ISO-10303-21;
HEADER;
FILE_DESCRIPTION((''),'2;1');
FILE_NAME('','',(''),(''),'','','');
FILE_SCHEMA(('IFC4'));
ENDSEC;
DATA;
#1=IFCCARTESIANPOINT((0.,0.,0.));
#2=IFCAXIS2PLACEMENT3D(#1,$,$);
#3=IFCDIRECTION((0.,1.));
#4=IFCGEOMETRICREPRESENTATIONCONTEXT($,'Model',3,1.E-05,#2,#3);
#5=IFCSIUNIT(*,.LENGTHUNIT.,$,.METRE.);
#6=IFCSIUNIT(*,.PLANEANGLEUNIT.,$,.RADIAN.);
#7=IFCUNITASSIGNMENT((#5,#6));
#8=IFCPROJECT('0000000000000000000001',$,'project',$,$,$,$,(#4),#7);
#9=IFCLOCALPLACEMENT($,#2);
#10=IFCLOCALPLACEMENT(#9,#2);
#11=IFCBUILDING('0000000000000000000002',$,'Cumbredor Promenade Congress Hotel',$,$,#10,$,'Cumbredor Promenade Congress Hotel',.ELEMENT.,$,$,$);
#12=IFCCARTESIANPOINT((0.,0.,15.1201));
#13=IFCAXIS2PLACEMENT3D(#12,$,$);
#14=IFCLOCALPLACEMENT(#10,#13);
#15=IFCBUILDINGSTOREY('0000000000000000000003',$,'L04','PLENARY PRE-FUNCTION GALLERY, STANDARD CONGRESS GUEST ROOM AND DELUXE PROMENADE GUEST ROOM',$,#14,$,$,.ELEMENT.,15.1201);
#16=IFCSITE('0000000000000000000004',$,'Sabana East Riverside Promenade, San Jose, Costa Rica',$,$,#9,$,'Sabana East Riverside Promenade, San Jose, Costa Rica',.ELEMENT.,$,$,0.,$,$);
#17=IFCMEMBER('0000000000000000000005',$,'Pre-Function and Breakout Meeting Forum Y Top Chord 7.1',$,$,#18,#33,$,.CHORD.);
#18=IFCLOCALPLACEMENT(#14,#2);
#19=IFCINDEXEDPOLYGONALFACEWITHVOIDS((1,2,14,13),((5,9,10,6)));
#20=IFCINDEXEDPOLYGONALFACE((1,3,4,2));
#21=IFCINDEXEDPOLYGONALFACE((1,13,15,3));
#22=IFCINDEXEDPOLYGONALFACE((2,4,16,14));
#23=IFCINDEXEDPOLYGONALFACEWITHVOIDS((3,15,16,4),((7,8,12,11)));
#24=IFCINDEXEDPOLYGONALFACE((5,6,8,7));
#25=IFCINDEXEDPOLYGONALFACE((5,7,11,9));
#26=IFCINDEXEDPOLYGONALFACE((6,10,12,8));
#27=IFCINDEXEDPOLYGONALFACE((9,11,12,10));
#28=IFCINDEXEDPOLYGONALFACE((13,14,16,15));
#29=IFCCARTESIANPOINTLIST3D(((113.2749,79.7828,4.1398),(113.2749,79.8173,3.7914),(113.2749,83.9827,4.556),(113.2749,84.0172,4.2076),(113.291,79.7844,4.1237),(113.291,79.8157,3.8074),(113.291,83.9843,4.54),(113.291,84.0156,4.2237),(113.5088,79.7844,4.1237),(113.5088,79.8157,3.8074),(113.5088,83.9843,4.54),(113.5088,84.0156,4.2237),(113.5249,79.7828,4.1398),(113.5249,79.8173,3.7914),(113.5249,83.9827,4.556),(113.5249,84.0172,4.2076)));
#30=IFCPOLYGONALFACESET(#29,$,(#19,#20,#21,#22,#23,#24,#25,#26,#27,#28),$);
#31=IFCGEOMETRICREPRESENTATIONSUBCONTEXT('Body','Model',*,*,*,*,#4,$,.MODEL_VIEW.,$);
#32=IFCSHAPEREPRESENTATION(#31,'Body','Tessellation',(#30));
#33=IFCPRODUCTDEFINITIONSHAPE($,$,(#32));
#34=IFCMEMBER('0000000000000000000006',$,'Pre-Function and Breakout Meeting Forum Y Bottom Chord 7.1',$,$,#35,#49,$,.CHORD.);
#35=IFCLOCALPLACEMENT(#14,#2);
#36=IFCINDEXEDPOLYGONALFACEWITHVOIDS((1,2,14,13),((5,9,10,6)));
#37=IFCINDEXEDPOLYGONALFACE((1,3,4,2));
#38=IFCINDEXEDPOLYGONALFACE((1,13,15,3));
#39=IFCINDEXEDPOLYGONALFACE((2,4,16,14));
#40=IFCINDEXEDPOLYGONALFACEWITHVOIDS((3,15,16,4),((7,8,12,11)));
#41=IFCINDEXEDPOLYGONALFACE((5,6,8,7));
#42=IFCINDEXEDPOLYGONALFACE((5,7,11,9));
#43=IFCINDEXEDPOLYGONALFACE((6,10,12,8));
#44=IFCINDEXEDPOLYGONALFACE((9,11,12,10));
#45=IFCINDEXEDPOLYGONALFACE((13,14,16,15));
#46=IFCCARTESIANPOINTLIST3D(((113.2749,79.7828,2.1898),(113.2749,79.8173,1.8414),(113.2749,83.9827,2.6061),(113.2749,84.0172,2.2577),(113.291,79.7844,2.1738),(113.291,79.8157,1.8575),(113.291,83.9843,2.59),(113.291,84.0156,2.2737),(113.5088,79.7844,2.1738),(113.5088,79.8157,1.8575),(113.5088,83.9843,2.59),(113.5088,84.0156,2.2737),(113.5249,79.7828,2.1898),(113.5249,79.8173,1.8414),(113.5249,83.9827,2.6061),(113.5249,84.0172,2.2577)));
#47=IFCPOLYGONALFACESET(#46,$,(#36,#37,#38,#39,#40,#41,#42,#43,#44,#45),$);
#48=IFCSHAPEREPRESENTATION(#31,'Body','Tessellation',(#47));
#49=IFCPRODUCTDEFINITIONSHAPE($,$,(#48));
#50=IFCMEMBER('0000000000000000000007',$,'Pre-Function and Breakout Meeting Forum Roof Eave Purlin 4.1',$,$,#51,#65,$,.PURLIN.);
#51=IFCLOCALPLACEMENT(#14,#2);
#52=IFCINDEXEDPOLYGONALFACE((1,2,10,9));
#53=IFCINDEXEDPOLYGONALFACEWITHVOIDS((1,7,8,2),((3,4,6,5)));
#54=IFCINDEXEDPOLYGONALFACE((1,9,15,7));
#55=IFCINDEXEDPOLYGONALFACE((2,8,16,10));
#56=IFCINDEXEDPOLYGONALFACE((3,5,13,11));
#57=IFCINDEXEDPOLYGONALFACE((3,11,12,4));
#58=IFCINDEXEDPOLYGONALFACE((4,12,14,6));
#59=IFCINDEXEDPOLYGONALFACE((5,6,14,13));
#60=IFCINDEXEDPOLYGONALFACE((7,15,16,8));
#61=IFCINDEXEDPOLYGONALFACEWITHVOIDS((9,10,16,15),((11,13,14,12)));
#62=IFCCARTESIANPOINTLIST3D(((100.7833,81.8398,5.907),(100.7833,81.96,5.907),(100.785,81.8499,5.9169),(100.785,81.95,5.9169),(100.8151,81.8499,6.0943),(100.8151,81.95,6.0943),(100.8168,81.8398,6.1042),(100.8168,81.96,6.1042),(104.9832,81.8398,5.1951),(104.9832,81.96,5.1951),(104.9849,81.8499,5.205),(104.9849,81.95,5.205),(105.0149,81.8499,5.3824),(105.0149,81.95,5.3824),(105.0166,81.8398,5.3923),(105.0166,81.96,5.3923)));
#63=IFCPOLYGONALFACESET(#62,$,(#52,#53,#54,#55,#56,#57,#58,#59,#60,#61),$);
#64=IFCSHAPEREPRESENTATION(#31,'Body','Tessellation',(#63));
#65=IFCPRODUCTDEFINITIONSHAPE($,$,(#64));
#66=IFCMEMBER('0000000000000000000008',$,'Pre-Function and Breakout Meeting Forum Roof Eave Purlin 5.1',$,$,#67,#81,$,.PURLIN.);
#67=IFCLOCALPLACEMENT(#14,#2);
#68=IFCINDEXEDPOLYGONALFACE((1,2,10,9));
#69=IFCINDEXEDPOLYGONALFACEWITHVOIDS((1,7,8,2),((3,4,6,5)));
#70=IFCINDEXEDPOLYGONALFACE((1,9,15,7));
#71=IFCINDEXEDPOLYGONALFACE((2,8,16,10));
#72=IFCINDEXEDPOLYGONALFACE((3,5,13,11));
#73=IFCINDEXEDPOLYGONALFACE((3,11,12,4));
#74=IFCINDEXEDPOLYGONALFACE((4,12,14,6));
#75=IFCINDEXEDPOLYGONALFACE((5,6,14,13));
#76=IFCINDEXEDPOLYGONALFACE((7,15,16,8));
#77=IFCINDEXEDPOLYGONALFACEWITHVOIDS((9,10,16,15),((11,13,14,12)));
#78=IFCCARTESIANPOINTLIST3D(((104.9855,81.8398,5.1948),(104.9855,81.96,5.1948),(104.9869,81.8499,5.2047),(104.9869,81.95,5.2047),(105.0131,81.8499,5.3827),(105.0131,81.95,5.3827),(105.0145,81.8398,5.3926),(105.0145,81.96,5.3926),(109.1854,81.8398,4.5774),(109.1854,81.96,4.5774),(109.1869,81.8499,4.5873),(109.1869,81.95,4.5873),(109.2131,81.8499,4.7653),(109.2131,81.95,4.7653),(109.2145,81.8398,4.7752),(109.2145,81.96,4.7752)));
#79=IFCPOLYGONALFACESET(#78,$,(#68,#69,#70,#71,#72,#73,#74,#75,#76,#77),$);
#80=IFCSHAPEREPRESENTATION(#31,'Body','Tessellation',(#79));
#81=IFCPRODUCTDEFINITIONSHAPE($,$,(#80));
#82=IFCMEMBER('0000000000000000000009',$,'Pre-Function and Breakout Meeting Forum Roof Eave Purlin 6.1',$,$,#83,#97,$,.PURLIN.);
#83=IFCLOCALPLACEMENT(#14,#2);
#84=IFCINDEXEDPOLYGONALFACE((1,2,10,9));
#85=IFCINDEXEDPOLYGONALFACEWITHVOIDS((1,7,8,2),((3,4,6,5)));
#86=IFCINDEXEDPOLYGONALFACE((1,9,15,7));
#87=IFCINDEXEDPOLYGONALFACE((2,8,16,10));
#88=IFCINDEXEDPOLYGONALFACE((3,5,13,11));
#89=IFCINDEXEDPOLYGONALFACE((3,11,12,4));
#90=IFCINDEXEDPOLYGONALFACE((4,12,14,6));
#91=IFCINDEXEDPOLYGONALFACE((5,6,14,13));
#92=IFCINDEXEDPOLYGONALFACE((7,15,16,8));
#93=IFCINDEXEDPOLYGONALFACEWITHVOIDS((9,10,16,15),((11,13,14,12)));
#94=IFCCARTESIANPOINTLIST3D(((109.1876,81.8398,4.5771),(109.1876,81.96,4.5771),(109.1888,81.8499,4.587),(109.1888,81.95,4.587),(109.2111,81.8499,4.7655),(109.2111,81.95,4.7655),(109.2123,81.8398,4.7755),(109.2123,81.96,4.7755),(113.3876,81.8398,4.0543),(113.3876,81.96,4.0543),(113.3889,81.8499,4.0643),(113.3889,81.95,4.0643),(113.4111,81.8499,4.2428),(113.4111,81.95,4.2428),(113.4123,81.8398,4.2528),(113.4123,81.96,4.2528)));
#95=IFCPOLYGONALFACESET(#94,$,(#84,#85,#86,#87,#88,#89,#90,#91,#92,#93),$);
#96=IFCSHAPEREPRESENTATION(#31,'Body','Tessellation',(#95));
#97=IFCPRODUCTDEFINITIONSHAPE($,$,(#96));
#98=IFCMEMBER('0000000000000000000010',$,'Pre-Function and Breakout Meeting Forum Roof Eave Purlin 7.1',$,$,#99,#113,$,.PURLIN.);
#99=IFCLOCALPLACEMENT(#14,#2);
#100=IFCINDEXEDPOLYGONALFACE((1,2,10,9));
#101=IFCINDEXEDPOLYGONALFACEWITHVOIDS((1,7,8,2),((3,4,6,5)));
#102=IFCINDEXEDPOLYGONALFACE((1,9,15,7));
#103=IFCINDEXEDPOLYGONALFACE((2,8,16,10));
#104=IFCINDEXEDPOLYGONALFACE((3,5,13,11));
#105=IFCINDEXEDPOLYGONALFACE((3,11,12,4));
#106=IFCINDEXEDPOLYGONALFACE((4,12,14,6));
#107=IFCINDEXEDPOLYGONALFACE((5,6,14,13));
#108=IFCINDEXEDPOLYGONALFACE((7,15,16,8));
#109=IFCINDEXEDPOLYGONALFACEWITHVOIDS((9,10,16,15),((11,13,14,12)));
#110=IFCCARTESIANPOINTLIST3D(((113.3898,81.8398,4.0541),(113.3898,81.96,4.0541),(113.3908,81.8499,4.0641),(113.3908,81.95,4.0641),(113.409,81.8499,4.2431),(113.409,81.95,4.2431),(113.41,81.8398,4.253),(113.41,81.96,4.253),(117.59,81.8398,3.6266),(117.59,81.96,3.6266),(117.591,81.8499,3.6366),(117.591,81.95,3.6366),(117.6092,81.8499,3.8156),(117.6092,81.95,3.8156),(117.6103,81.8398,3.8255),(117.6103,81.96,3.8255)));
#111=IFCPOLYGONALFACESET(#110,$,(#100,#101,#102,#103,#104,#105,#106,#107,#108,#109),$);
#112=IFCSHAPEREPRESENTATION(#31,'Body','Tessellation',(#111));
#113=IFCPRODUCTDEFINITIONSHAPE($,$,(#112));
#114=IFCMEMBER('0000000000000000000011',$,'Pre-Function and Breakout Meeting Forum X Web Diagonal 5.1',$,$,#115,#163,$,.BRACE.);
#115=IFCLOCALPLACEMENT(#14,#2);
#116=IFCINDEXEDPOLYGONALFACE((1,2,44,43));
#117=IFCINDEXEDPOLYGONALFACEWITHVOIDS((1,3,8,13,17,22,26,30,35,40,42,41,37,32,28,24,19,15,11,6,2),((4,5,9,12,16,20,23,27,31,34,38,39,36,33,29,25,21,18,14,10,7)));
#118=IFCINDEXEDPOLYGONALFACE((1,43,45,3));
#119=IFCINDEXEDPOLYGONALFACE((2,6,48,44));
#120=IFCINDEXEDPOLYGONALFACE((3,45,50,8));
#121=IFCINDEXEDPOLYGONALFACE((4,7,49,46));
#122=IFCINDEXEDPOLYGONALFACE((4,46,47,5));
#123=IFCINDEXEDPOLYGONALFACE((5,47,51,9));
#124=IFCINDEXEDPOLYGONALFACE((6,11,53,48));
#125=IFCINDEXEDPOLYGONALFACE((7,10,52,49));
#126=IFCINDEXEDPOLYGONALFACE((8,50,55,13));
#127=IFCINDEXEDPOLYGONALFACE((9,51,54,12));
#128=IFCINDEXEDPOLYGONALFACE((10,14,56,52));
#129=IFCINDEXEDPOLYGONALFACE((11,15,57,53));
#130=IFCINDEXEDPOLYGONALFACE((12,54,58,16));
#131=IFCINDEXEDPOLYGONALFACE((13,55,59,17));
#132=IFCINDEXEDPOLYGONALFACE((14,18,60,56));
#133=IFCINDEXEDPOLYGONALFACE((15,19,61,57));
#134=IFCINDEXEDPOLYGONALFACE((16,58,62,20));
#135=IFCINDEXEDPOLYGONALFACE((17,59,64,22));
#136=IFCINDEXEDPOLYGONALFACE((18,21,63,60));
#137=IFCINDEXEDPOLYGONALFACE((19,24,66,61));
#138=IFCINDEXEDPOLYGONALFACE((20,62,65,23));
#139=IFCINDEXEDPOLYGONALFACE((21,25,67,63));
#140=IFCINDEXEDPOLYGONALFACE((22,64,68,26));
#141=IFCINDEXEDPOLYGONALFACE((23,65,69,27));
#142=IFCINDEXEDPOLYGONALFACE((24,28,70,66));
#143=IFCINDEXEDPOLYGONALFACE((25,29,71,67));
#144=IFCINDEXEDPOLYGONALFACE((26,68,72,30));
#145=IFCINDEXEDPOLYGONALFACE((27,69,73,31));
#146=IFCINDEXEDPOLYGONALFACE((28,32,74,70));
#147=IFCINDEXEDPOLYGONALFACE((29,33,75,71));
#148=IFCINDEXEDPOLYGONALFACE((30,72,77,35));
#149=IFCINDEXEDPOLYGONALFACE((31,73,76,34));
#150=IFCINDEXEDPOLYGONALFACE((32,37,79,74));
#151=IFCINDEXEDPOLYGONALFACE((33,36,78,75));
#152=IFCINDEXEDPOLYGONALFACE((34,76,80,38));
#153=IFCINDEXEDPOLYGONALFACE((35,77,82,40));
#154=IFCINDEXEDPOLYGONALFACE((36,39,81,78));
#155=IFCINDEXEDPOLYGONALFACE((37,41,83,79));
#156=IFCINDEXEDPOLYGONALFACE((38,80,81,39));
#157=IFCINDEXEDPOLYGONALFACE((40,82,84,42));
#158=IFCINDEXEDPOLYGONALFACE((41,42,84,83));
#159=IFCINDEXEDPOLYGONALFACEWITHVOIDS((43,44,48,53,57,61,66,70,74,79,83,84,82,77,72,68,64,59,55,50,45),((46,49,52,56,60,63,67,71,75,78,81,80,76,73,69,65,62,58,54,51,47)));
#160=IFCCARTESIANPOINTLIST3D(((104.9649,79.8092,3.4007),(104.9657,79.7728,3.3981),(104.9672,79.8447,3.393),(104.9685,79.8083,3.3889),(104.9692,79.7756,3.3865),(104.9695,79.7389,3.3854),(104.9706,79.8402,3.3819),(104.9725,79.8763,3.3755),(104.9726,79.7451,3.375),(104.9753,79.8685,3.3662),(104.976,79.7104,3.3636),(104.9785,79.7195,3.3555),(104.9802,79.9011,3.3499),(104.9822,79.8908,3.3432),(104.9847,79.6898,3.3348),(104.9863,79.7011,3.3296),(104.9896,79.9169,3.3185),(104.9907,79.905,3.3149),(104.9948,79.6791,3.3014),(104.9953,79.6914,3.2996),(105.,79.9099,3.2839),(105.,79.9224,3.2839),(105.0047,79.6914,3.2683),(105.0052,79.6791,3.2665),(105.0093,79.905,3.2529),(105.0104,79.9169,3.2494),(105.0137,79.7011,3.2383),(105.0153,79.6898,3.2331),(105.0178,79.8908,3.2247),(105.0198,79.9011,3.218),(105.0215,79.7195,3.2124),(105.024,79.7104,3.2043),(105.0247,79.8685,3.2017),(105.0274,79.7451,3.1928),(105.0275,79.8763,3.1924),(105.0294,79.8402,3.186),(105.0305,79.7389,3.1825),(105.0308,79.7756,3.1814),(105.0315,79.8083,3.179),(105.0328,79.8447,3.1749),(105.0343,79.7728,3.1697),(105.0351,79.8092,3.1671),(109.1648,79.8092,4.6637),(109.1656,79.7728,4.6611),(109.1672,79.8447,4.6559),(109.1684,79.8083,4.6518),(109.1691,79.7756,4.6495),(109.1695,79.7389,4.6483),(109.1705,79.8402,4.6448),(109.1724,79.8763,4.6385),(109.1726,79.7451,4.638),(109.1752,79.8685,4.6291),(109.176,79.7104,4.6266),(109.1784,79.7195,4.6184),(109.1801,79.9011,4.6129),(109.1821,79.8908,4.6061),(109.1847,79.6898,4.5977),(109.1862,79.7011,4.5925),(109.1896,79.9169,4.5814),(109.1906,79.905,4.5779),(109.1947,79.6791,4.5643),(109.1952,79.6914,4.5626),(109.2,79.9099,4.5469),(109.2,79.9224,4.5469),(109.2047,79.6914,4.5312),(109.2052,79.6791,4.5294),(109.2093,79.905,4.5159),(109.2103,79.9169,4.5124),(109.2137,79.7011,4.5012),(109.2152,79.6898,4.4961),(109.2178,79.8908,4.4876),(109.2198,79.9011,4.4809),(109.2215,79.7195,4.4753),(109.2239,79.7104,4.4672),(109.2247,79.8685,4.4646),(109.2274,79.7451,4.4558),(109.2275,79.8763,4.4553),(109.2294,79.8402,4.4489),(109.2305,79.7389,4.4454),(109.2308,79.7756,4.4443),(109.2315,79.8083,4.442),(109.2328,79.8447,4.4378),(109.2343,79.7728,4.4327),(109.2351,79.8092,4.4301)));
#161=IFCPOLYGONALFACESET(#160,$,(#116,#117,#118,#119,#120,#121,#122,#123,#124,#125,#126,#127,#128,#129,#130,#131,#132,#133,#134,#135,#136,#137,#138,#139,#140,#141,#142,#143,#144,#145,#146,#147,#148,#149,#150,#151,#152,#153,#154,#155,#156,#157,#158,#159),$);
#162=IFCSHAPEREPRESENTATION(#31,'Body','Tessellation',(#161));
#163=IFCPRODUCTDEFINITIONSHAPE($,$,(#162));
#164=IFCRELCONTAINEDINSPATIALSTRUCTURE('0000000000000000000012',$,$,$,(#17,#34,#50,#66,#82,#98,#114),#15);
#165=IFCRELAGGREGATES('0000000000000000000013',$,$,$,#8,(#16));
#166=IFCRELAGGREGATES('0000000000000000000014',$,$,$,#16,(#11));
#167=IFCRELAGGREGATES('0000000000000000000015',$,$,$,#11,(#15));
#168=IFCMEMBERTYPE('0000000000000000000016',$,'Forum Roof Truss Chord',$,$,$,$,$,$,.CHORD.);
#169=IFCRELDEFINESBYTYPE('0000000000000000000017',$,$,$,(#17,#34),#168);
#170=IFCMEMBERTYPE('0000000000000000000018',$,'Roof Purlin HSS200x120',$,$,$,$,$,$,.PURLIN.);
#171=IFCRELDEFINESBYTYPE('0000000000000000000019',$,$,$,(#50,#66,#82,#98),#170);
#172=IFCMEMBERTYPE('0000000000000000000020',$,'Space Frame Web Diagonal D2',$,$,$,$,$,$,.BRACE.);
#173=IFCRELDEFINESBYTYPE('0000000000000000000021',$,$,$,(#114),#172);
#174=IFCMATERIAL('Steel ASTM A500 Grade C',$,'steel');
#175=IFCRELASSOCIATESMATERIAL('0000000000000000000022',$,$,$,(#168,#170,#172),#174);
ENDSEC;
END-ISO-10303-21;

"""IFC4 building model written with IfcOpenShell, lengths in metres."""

from ifc_helpers import new_model, si_unit, direction, frame, origin, origin_2d, place, context, subcontext, project, spatial, hollow_rectangle, hollow_circle, extrude, material, material_profile, profile_set, type_object, element, save


model = new_model("IFC4")

# Units and contexts
model_context = context("Model", 3, precision=1e-05, world=origin(), true_north=direction((0.0, 1.0)))
body_context = subcontext(model_context, "Body", "Model", "MODEL_VIEW")
ifc_project = project(units=[si_unit("LENGTHUNIT", "METRE"), si_unit("PLANEANGLEUNIT", "RADIAN")], contexts=[model_context])

# Site, building, storey
site_placement = place(None, origin())
site = spatial("IfcSite", under=ifc_project, at=site_placement, Name="Sabana East Riverside Promenade, San Jose, Costa Rica", LongName="Sabana East Riverside Promenade, San Jose, Costa Rica", CompositionType="ELEMENT", RefElevation=0.0)
building_placement = place(site_placement, origin())
building = spatial("IfcBuilding", under=site, at=building_placement, Name="Cumbredor Promenade Congress Hotel", LongName="Cumbredor Promenade Congress Hotel", CompositionType="ELEMENT")
storey_placement = place(building_placement, frame((0.0, 0.0, 15.1201)))
storey = spatial("IfcBuildingStorey", under=building, at=storey_placement, Name="L04", Description="PLENARY PRE-FUNCTION GALLERY, STANDARD CONGRESS GUEST ROOM AND DELUXE PROMENADE GUEST ROOM", CompositionType="ELEMENT", Elevation=15.1201)

# Members
ifc_material_1 = material(Name="Steel ASTM A500 Grade C", Category="steel")
ifc_material_profile_1 = material_profile(ifc_material_1, hollow_rectangle(XDim=0.25, YDim=0.3501, WallThickness=0.0161, at=origin_2d()), Name="HSS 350x250x16")
ifc_profile_set_1 = profile_set([ifc_material_profile_1], Name="Steel ASTM A500 Grade C")
member_type_1 = type_object("IfcMemberType", Name="Forum Roof Truss Chord", PredefinedType="CHORD", material=ifc_profile_set_1)
for number, where, z_axis, x_axis, name in (
    (1, (113.3999, 79.8, 3.9656), (0.0, 0.995124, 0.098627), (-1.0, 0.0, 0.0), "Pre-Function and Breakout Meeting Forum Y Top Chord 7.1"),
    (2, (113.3999, 79.8, 2.0156), (0.0, 0.995124, 0.098627), (-1.0, 0.0, 0.0), "Pre-Function and Breakout Meeting Forum Y Bottom Chord 7.1"),
):
    element("IfcMember", number, at=place(storey_placement, frame(where, z_axis=z_axis, x_axis=x_axis)), inside=storey, type_object=member_type_1, Name=name, PredefinedType="CHORD", context=body_context, shape_type="SweptSolid", body=[
        extrude(hollow_rectangle(XDim=0.25, YDim=0.3501, WallThickness=0.0161, at=origin_2d()), origin(), (0.0, 0.0, 1.0), 4.2205),
    ])
ifc_material_profile_2 = material_profile(ifc_material_1, hollow_rectangle(XDim=0.1201, YDim=0.2, WallThickness=0.01, at=origin_2d()), Name="HSS 200x120x10")
ifc_profile_set_2 = profile_set([ifc_material_profile_2], Name="Steel ASTM A500 Grade C")
member_type_2 = type_object("IfcMemberType", Name="Roof Purlin HSS200x120", PredefinedType="PURLIN", material=ifc_profile_set_2)
member_1_placement = place(storey_placement, frame((100.8, 81.8999, 6.0056), z_axis=(0.985936, 0.0, -0.167121), x_axis=(0.0, 1.0, 0.0)))
element("IfcMember", 3, at=member_1_placement, inside=storey, type_object=member_type_2, Name="Pre-Function and Breakout Meeting Forum Roof Eave Purlin 4.1", PredefinedType="PURLIN", context=body_context, shape_type="SweptSolid", body=[
    extrude(hollow_rectangle(XDim=0.1201, YDim=0.2, WallThickness=0.01, at=origin_2d()), origin(), (0.0, 0.0, 1.0), 4.2598),
])
member_2_placement = place(storey_placement, frame((105.0, 81.8999, 5.2937), z_axis=(0.989366, 0.0, -0.145446), x_axis=(0.0, 1.0, 0.0)))
element("IfcMember", 4, at=member_2_placement, inside=storey, type_object=member_type_2, Name="Pre-Function and Breakout Meeting Forum Roof Eave Purlin 5.1", PredefinedType="PURLIN", context=body_context, shape_type="SweptSolid", body=[
    extrude(hollow_rectangle(XDim=0.1201, YDim=0.2, WallThickness=0.01, at=origin_2d()), origin(), (0.0, 0.0, 1.0), 4.2451),
])
member_3_placement = place(storey_placement, frame((109.2, 81.8999, 4.6763), z_axis=(0.992344, 0.0, -0.123502), x_axis=(0.0, 1.0, 0.0)))
element("IfcMember", 5, at=member_3_placement, inside=storey, type_object=member_type_2, Name="Pre-Function and Breakout Meeting Forum Roof Eave Purlin 6.1", PredefinedType="PURLIN", context=body_context, shape_type="SweptSolid", body=[
    extrude(hollow_rectangle(XDim=0.1201, YDim=0.2, WallThickness=0.01, at=origin_2d()), origin(), (0.0, 0.0, 1.0), 4.2324),
])
member_4_placement = place(storey_placement, frame((113.3999, 81.8999, 4.1536), z_axis=(0.99486, 0.0, -0.101256), x_axis=(0.0, 1.0, 0.0)))
element("IfcMember", 6, at=member_4_placement, inside=storey, type_object=member_type_2, Name="Pre-Function and Breakout Meeting Forum Roof Eave Purlin 7.1", PredefinedType="PURLIN", context=body_context, shape_type="SweptSolid", body=[
    extrude(hollow_rectangle(XDim=0.1201, YDim=0.2, WallThickness=0.01, at=origin_2d()), origin(), (0.0, 0.0, 1.0), 4.2219),
])
ifc_material_profile_3 = material_profile(ifc_material_1, hollow_circle(Radius=0.1223, WallThickness=0.0125, at=origin_2d()), Name="CHS 244.5x12.5")
ifc_profile_set_3 = profile_set([ifc_material_profile_3], Name="Steel ASTM A500 Grade C")
member_type_3 = type_object("IfcMemberType", Name="Space Frame Web Diagonal D2", PredefinedType="BRACE", material=ifc_profile_set_3)
member_5_placement = place(storey_placement, frame((105.0, 79.8, 3.2839), z_axis=(0.957641, 0.0, 0.287966), x_axis=(0.0, 1.0, 0.0)))
element("IfcMember", 7, at=member_5_placement, inside=storey, type_object=member_type_3, Name="Pre-Function and Breakout Meeting Forum X Web Diagonal 5.1", PredefinedType="BRACE", context=body_context, shape_type="SweptSolid", body=[
    extrude(hollow_circle(Radius=0.1223, WallThickness=0.0125, at=origin_2d()), origin(), (0.0, 0.0, 1.0), 4.3857),
])

save(model, "model.ifc")
